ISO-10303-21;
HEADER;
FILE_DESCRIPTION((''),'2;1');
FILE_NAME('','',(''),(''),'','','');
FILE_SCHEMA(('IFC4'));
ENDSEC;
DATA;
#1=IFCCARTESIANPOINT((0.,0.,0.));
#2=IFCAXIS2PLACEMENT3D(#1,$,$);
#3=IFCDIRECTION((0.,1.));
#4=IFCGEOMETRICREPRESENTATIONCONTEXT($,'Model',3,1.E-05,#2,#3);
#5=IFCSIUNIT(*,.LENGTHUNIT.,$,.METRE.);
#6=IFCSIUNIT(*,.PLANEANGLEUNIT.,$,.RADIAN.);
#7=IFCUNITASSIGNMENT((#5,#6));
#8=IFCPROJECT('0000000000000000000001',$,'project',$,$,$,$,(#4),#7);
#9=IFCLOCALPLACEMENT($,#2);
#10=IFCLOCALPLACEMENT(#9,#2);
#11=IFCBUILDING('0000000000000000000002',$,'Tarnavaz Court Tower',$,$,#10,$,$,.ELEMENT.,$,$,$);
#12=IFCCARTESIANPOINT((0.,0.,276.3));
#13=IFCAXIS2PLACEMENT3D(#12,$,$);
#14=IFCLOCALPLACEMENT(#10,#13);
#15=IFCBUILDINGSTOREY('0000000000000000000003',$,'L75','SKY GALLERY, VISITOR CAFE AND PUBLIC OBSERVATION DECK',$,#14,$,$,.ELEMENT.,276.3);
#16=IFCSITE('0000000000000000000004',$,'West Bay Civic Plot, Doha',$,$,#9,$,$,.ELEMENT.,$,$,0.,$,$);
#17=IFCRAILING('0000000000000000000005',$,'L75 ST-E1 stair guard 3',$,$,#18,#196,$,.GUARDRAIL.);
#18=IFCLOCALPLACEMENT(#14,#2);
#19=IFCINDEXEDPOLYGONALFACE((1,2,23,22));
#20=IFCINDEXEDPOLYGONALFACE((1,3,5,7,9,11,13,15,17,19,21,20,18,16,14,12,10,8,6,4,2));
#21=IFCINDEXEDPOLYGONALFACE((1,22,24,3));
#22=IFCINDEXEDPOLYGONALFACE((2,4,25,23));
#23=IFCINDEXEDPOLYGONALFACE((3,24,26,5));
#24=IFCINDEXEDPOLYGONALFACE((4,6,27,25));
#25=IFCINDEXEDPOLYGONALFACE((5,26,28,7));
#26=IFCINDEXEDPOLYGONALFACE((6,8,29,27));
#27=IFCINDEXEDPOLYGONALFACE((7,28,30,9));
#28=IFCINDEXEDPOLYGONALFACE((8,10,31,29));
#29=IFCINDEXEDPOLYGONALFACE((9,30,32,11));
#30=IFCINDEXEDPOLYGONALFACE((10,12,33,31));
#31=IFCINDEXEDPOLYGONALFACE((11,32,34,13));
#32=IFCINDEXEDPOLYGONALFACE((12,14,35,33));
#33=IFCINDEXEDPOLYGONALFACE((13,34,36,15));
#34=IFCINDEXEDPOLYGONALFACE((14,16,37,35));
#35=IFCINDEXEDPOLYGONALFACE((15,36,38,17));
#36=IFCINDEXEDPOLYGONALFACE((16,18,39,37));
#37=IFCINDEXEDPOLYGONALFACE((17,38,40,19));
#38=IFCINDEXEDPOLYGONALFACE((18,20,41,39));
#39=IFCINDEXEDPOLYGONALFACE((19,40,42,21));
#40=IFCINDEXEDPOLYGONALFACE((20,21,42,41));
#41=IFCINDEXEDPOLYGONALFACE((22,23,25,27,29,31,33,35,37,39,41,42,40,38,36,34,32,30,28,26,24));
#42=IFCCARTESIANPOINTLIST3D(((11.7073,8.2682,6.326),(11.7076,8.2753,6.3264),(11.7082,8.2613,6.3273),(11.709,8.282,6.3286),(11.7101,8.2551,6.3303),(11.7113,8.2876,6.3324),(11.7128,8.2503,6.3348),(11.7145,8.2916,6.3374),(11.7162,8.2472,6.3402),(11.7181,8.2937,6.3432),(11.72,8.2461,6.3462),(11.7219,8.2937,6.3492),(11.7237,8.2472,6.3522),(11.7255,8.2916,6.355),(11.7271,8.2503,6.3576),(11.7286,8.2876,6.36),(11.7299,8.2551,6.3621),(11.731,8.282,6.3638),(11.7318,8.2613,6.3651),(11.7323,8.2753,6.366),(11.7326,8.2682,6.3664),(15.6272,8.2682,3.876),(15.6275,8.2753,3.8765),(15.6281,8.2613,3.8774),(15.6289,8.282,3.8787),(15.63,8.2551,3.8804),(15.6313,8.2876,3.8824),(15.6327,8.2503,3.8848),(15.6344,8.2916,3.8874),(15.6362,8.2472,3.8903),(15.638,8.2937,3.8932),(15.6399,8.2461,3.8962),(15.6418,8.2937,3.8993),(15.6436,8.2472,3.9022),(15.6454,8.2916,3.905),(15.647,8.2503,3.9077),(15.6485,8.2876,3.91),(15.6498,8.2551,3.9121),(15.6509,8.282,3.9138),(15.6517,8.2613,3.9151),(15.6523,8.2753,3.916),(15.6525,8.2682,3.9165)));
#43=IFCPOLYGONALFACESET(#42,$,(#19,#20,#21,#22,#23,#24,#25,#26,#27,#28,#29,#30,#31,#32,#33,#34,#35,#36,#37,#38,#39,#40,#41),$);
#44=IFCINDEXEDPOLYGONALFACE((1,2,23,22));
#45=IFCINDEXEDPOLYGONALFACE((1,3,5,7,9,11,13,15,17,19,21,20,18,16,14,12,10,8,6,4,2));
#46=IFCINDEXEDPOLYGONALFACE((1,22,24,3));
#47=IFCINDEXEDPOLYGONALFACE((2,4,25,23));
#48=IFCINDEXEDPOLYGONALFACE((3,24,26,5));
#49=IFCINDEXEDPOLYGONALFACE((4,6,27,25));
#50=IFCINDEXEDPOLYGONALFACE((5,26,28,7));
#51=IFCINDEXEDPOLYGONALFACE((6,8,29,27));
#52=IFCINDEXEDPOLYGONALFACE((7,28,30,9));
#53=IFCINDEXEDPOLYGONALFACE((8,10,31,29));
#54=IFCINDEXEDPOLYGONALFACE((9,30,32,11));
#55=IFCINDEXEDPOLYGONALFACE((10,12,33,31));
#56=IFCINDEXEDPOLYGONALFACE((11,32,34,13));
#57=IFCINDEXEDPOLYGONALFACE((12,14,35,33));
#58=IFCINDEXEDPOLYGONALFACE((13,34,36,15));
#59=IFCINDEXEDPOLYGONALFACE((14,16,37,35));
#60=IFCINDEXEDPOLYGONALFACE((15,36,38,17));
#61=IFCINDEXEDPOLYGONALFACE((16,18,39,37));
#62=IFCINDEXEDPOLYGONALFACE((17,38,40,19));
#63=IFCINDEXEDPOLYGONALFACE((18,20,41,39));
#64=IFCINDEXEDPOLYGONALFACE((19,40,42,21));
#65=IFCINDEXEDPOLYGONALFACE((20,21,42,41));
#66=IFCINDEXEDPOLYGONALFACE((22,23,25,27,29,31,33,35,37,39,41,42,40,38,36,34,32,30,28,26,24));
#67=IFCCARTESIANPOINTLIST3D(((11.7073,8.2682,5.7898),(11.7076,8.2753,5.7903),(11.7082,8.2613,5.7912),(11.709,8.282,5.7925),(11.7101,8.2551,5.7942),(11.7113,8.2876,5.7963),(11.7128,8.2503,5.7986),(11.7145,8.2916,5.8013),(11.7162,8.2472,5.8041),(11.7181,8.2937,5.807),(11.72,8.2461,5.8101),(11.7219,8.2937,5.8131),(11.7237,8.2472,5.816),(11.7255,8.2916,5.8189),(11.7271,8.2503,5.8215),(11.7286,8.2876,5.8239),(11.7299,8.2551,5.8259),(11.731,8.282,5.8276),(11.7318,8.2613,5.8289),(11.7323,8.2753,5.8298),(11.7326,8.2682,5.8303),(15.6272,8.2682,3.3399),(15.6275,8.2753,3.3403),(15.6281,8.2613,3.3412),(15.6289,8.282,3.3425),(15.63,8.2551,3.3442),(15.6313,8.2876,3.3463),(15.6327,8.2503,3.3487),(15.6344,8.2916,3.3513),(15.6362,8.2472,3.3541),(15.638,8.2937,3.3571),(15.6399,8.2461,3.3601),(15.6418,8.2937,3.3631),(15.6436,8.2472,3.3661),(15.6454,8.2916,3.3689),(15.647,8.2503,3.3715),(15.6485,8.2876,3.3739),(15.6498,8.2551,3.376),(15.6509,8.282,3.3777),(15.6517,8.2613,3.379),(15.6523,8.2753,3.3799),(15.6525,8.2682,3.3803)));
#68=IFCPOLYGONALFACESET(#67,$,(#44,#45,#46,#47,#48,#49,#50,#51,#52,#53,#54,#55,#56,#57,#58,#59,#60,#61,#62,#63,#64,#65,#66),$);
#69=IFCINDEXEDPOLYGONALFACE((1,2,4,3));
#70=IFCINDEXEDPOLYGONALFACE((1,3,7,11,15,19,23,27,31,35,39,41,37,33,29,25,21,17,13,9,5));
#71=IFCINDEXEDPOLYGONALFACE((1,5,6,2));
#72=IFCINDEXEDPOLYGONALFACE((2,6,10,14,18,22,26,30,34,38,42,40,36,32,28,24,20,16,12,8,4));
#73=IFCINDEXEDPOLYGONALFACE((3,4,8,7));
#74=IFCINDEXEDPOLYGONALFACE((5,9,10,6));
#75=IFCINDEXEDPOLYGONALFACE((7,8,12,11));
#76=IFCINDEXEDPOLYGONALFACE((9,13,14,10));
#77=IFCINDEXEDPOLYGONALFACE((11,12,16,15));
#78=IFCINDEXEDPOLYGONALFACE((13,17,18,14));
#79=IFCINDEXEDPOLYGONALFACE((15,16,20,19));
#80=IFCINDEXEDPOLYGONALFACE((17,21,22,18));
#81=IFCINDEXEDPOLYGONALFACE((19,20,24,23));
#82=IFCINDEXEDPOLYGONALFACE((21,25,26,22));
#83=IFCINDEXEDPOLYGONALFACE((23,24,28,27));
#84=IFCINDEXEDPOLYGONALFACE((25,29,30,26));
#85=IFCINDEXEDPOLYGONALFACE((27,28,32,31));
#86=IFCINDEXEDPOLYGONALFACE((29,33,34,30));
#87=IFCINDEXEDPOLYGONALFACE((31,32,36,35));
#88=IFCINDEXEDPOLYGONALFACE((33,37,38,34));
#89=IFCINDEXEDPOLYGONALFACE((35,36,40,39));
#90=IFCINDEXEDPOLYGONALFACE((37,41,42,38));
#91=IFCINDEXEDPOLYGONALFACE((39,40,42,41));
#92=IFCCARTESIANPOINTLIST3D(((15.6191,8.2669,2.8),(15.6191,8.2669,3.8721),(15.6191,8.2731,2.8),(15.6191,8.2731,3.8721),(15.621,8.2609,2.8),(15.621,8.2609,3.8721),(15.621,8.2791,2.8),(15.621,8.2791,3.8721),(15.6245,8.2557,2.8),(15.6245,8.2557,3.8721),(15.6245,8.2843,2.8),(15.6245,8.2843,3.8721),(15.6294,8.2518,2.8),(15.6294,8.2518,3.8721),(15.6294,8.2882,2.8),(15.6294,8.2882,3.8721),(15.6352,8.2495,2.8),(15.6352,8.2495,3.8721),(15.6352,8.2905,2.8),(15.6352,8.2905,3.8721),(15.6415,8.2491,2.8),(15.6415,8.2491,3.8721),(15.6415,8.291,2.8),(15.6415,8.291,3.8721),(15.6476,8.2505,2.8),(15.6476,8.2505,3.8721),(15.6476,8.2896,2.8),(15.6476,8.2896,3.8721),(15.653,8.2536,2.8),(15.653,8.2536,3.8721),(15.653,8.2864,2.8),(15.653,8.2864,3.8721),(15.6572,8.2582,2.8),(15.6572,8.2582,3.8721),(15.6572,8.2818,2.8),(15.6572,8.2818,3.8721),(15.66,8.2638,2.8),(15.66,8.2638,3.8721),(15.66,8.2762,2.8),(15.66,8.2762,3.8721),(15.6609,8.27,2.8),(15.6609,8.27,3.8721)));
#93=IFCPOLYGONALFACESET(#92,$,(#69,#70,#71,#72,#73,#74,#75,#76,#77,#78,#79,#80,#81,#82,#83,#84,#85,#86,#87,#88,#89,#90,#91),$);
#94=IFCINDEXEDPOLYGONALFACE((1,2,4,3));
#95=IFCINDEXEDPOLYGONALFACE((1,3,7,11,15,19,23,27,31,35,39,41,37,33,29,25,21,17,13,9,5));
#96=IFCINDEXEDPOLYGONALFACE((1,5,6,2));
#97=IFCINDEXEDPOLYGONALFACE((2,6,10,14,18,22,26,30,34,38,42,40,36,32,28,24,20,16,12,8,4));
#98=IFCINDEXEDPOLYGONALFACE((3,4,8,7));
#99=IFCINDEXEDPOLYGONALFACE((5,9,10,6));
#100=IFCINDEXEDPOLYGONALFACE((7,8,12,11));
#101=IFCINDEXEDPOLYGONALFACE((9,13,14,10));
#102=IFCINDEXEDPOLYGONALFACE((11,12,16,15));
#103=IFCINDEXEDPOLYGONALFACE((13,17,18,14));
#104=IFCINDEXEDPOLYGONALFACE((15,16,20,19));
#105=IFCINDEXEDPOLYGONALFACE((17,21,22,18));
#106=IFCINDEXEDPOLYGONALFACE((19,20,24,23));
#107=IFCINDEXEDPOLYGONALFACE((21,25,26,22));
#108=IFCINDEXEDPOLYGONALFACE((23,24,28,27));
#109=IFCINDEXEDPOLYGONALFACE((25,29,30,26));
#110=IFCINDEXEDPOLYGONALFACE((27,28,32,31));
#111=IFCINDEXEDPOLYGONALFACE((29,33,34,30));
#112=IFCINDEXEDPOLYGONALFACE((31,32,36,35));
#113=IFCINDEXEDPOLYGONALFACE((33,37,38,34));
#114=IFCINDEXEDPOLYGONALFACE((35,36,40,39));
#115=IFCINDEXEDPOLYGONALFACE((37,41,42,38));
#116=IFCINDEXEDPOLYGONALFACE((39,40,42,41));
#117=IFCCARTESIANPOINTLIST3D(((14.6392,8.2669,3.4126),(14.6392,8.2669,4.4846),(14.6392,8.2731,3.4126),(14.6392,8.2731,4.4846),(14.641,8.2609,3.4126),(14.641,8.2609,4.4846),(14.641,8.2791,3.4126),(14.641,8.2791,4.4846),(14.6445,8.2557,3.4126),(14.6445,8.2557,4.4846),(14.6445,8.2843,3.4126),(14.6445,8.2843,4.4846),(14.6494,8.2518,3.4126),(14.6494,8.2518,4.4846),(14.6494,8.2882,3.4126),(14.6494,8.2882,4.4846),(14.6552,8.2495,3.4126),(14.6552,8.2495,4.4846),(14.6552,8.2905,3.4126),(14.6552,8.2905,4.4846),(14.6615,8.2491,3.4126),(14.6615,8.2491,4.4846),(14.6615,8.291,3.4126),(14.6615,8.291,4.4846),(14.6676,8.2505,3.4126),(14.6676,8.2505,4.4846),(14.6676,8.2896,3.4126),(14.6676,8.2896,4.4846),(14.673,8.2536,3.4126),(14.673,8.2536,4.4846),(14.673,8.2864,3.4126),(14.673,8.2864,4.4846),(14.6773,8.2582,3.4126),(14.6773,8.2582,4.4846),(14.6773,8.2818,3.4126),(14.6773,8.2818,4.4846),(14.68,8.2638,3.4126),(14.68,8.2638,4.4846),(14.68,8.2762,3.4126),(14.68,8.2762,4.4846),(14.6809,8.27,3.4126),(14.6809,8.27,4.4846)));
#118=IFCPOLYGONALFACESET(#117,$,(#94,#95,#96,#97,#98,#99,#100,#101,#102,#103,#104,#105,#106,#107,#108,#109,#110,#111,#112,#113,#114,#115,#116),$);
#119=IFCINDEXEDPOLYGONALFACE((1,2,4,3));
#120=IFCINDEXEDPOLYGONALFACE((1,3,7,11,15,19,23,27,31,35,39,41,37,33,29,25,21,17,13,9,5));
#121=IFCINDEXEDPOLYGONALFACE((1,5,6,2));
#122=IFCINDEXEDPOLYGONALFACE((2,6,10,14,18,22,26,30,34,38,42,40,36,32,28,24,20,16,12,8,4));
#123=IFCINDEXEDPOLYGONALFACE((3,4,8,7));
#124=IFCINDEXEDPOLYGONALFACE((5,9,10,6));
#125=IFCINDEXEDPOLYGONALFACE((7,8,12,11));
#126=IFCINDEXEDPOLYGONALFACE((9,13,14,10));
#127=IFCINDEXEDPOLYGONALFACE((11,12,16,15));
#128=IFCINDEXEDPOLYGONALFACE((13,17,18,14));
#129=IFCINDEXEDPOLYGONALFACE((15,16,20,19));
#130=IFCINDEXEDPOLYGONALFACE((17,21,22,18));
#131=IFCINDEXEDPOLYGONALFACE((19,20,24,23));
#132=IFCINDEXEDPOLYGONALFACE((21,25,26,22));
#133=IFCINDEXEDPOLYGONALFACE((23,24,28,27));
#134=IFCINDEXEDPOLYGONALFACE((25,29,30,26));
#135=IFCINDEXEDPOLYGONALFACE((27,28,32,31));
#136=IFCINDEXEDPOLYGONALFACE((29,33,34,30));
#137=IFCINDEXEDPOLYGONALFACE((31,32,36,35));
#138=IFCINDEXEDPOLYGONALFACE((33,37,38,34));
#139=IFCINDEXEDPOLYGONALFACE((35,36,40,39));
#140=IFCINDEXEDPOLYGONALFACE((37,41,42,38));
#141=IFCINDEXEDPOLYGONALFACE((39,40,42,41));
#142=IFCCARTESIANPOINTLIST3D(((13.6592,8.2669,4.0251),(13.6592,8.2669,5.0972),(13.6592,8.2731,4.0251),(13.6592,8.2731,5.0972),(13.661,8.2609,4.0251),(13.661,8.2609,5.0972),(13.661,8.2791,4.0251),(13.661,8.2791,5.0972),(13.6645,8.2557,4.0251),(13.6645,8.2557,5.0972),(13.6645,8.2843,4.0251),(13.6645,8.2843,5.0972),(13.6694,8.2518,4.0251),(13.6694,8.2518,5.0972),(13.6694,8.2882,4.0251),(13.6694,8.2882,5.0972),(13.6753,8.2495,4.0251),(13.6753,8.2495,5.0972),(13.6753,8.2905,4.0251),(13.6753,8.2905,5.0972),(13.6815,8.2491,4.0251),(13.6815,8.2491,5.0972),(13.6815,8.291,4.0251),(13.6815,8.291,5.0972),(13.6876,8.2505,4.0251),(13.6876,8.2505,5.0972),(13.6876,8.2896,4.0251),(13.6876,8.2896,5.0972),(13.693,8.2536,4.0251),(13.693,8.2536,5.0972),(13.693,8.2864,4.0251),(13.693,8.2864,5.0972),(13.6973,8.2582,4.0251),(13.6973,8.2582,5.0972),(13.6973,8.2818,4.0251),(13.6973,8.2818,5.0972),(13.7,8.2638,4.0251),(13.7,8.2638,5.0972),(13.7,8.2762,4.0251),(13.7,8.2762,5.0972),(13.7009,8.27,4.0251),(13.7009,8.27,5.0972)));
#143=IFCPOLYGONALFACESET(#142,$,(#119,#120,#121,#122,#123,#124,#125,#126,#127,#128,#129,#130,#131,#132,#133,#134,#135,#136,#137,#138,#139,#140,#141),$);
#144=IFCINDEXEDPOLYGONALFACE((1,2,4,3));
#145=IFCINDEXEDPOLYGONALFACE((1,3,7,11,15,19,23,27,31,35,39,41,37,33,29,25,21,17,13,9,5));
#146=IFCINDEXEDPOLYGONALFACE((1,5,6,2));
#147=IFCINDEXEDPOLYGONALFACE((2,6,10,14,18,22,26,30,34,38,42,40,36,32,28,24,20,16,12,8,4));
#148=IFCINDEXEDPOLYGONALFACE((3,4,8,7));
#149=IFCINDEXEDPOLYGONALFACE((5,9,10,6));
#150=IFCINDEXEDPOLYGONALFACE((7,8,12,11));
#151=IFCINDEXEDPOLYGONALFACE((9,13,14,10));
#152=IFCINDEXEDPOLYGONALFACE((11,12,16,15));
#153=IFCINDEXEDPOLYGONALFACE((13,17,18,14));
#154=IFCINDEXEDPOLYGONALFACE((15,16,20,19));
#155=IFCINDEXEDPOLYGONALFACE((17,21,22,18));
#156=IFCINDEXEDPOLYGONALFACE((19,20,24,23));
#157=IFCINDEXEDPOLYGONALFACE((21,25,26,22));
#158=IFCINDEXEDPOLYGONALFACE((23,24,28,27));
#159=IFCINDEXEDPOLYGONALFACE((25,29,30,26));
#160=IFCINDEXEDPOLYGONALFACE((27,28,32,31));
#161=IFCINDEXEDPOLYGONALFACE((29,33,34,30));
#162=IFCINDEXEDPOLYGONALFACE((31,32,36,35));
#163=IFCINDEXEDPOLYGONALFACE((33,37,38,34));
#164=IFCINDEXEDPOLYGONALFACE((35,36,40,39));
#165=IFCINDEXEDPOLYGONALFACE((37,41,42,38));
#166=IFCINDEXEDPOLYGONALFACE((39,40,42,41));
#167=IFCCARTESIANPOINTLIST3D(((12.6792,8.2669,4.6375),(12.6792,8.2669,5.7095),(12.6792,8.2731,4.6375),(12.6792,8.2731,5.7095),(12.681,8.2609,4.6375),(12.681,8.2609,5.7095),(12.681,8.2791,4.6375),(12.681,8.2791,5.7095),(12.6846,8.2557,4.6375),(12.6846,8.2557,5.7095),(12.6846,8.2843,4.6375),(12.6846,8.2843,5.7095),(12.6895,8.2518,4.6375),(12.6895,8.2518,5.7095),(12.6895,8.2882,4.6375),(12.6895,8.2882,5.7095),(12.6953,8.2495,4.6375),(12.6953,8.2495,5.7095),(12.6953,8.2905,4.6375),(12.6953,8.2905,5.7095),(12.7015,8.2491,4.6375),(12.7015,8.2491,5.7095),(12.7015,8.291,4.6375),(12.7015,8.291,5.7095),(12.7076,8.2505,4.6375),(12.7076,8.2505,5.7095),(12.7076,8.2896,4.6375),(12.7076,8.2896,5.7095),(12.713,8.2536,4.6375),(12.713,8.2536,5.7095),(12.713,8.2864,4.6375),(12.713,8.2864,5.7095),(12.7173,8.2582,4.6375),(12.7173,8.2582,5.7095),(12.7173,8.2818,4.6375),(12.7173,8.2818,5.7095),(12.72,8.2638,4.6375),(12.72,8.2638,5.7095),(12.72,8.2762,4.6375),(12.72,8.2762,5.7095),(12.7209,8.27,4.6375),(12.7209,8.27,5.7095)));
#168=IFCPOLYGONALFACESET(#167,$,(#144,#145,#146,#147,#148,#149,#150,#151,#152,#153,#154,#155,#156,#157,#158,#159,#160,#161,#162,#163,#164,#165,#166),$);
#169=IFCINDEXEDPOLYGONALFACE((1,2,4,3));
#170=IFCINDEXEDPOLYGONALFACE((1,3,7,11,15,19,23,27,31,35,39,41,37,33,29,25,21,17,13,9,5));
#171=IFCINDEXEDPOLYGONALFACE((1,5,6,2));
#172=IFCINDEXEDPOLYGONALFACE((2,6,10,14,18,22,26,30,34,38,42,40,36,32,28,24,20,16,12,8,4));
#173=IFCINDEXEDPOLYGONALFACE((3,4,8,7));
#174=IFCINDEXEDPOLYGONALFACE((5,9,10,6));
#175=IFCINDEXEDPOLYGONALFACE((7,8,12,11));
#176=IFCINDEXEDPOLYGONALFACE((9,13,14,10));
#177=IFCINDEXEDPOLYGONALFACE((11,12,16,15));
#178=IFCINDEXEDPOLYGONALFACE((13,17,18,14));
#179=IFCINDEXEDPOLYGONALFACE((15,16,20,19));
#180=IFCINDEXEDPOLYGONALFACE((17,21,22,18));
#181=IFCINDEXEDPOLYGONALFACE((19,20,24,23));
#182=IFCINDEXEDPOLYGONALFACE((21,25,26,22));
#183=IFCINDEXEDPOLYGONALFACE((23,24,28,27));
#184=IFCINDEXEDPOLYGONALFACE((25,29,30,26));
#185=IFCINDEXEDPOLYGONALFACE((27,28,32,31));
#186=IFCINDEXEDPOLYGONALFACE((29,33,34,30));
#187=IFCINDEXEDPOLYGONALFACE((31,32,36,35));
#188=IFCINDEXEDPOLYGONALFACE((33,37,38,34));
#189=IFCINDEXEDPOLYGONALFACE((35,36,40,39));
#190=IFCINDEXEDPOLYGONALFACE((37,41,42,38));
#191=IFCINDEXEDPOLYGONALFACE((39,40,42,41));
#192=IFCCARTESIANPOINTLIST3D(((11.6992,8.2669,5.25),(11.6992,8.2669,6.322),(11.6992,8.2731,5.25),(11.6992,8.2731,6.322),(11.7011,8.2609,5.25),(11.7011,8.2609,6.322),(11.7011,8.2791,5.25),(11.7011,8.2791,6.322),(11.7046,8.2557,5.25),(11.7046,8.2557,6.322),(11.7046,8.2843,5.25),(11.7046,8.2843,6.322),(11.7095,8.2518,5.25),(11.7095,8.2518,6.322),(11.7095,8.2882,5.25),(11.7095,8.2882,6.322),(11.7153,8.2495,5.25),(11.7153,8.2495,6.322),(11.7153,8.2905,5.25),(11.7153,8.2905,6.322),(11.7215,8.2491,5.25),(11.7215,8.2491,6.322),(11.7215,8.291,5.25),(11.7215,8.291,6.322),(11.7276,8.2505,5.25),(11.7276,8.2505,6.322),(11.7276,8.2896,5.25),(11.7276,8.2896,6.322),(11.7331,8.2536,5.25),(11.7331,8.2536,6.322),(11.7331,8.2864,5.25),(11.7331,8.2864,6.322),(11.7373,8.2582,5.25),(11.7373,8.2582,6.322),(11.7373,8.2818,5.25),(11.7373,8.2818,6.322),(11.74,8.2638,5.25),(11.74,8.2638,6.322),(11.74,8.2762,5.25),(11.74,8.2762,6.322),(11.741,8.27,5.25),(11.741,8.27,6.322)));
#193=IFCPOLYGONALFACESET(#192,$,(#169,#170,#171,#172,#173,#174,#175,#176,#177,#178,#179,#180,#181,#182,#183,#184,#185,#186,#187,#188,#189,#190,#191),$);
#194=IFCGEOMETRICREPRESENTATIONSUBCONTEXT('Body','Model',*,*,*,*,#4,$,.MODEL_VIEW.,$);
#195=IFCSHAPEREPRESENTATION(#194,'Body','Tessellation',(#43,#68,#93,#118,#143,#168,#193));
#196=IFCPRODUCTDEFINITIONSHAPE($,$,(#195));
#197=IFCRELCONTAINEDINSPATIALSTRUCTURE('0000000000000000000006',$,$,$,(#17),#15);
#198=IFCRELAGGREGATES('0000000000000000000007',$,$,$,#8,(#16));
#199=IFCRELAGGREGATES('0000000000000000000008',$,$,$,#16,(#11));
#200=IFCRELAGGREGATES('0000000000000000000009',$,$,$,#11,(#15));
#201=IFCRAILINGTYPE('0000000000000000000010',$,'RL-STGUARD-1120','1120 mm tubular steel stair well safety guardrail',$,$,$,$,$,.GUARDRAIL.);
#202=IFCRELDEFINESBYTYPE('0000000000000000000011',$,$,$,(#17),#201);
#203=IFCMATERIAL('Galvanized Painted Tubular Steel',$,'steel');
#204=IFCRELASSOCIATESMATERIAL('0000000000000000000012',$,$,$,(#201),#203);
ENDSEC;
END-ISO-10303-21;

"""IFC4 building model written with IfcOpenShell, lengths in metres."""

from ifc_helpers import new_model, si_unit, direction, frame, origin, origin_2d, place, context, subcontext, project, spatial, circle, extrude, material, type_object, element, save


model = new_model("IFC4")

# Units and contexts
model_context = context("Model", 3, precision=1e-05, world=origin(), true_north=direction((0.0, 1.0)))
body_context = subcontext(model_context, "Body", "Model", "MODEL_VIEW")
ifc_project = project(units=[si_unit("LENGTHUNIT", "METRE"), si_unit("PLANEANGLEUNIT", "RADIAN")], contexts=[model_context])

# Site, building, storey
site_placement = place(None, origin())
site = spatial("IfcSite", under=ifc_project, at=site_placement, Name="West Bay Civic Plot, Doha", CompositionType="ELEMENT", RefElevation=0.0)
building_placement = place(site_placement, origin())
building = spatial("IfcBuilding", under=site, at=building_placement, Name="Tarnavaz Court Tower", CompositionType="ELEMENT")
storey_placement = place(building_placement, frame((0.0, 0.0, 276.3)))
storey = spatial("IfcBuildingStorey", under=building, at=storey_placement, Name="L75", Description="SKY GALLERY, VISITOR CAFE AND PUBLIC OBSERVATION DECK", CompositionType="ELEMENT", Elevation=276.3)

# Railing
ifc_material_1 = material(Name="Galvanized Painted Tubular Steel", Category="steel")
railing_type_1 = type_object("IfcRailingType", Name="RL-STGUARD-1120", Description="1120 mm tubular steel stair well safety guardrail", PredefinedType="GUARDRAIL", material=ifc_material_1)
railing_1_placement = place(storey_placement, frame((15.6399, 8.27, 2.8)))
element("IfcRailing", 1, at=railing_1_placement, inside=storey, type_object=railing_type_1, Name="L75 ST-E1 stair guard 3", PredefinedType="GUARDRAIL", context=body_context, shape_type="SweptSolid", body=[
    extrude(circle(Radius=0.0239, at=origin_2d()), frame((0.0, 0.0, 1.0962), z_axis=(-0.847998, 0.0, 0.529999), x_axis=(0.0, -1.0, 0.0)), (0.0, 0.0, 1.0), 4.6226),
    extrude(circle(Radius=0.0239, at=origin_2d()), frame((0.0, 0.0, 0.5601), z_axis=(-0.847998, 0.0, 0.529999), x_axis=(0.0, -1.0, 0.0)), (0.0, 0.0, 1.0), 4.6226),
    extrude(circle(Radius=0.021, at=origin_2d()), origin(), (0.0, 0.0, 1.0), 1.072),
    extrude(circle(Radius=0.021, at=origin_2d()), frame((-0.98, 0.0, 0.6125)), (0.0, 0.0, 1.0), 1.072),
    extrude(circle(Radius=0.021, at=origin_2d()), frame((-1.96, 0.0, 1.2251)), (0.0, 0.0, 1.0), 1.072),
    extrude(circle(Radius=0.021, at=origin_2d()), frame((-2.9399, 0.0, 1.8374)), (0.0, 0.0, 1.0), 1.072),
    extrude(circle(Radius=0.021, at=origin_2d()), frame((-3.9199, 0.0, 2.45)), (0.0, 0.0, 1.0), 1.072),
])

save(model, "model.ifc")
